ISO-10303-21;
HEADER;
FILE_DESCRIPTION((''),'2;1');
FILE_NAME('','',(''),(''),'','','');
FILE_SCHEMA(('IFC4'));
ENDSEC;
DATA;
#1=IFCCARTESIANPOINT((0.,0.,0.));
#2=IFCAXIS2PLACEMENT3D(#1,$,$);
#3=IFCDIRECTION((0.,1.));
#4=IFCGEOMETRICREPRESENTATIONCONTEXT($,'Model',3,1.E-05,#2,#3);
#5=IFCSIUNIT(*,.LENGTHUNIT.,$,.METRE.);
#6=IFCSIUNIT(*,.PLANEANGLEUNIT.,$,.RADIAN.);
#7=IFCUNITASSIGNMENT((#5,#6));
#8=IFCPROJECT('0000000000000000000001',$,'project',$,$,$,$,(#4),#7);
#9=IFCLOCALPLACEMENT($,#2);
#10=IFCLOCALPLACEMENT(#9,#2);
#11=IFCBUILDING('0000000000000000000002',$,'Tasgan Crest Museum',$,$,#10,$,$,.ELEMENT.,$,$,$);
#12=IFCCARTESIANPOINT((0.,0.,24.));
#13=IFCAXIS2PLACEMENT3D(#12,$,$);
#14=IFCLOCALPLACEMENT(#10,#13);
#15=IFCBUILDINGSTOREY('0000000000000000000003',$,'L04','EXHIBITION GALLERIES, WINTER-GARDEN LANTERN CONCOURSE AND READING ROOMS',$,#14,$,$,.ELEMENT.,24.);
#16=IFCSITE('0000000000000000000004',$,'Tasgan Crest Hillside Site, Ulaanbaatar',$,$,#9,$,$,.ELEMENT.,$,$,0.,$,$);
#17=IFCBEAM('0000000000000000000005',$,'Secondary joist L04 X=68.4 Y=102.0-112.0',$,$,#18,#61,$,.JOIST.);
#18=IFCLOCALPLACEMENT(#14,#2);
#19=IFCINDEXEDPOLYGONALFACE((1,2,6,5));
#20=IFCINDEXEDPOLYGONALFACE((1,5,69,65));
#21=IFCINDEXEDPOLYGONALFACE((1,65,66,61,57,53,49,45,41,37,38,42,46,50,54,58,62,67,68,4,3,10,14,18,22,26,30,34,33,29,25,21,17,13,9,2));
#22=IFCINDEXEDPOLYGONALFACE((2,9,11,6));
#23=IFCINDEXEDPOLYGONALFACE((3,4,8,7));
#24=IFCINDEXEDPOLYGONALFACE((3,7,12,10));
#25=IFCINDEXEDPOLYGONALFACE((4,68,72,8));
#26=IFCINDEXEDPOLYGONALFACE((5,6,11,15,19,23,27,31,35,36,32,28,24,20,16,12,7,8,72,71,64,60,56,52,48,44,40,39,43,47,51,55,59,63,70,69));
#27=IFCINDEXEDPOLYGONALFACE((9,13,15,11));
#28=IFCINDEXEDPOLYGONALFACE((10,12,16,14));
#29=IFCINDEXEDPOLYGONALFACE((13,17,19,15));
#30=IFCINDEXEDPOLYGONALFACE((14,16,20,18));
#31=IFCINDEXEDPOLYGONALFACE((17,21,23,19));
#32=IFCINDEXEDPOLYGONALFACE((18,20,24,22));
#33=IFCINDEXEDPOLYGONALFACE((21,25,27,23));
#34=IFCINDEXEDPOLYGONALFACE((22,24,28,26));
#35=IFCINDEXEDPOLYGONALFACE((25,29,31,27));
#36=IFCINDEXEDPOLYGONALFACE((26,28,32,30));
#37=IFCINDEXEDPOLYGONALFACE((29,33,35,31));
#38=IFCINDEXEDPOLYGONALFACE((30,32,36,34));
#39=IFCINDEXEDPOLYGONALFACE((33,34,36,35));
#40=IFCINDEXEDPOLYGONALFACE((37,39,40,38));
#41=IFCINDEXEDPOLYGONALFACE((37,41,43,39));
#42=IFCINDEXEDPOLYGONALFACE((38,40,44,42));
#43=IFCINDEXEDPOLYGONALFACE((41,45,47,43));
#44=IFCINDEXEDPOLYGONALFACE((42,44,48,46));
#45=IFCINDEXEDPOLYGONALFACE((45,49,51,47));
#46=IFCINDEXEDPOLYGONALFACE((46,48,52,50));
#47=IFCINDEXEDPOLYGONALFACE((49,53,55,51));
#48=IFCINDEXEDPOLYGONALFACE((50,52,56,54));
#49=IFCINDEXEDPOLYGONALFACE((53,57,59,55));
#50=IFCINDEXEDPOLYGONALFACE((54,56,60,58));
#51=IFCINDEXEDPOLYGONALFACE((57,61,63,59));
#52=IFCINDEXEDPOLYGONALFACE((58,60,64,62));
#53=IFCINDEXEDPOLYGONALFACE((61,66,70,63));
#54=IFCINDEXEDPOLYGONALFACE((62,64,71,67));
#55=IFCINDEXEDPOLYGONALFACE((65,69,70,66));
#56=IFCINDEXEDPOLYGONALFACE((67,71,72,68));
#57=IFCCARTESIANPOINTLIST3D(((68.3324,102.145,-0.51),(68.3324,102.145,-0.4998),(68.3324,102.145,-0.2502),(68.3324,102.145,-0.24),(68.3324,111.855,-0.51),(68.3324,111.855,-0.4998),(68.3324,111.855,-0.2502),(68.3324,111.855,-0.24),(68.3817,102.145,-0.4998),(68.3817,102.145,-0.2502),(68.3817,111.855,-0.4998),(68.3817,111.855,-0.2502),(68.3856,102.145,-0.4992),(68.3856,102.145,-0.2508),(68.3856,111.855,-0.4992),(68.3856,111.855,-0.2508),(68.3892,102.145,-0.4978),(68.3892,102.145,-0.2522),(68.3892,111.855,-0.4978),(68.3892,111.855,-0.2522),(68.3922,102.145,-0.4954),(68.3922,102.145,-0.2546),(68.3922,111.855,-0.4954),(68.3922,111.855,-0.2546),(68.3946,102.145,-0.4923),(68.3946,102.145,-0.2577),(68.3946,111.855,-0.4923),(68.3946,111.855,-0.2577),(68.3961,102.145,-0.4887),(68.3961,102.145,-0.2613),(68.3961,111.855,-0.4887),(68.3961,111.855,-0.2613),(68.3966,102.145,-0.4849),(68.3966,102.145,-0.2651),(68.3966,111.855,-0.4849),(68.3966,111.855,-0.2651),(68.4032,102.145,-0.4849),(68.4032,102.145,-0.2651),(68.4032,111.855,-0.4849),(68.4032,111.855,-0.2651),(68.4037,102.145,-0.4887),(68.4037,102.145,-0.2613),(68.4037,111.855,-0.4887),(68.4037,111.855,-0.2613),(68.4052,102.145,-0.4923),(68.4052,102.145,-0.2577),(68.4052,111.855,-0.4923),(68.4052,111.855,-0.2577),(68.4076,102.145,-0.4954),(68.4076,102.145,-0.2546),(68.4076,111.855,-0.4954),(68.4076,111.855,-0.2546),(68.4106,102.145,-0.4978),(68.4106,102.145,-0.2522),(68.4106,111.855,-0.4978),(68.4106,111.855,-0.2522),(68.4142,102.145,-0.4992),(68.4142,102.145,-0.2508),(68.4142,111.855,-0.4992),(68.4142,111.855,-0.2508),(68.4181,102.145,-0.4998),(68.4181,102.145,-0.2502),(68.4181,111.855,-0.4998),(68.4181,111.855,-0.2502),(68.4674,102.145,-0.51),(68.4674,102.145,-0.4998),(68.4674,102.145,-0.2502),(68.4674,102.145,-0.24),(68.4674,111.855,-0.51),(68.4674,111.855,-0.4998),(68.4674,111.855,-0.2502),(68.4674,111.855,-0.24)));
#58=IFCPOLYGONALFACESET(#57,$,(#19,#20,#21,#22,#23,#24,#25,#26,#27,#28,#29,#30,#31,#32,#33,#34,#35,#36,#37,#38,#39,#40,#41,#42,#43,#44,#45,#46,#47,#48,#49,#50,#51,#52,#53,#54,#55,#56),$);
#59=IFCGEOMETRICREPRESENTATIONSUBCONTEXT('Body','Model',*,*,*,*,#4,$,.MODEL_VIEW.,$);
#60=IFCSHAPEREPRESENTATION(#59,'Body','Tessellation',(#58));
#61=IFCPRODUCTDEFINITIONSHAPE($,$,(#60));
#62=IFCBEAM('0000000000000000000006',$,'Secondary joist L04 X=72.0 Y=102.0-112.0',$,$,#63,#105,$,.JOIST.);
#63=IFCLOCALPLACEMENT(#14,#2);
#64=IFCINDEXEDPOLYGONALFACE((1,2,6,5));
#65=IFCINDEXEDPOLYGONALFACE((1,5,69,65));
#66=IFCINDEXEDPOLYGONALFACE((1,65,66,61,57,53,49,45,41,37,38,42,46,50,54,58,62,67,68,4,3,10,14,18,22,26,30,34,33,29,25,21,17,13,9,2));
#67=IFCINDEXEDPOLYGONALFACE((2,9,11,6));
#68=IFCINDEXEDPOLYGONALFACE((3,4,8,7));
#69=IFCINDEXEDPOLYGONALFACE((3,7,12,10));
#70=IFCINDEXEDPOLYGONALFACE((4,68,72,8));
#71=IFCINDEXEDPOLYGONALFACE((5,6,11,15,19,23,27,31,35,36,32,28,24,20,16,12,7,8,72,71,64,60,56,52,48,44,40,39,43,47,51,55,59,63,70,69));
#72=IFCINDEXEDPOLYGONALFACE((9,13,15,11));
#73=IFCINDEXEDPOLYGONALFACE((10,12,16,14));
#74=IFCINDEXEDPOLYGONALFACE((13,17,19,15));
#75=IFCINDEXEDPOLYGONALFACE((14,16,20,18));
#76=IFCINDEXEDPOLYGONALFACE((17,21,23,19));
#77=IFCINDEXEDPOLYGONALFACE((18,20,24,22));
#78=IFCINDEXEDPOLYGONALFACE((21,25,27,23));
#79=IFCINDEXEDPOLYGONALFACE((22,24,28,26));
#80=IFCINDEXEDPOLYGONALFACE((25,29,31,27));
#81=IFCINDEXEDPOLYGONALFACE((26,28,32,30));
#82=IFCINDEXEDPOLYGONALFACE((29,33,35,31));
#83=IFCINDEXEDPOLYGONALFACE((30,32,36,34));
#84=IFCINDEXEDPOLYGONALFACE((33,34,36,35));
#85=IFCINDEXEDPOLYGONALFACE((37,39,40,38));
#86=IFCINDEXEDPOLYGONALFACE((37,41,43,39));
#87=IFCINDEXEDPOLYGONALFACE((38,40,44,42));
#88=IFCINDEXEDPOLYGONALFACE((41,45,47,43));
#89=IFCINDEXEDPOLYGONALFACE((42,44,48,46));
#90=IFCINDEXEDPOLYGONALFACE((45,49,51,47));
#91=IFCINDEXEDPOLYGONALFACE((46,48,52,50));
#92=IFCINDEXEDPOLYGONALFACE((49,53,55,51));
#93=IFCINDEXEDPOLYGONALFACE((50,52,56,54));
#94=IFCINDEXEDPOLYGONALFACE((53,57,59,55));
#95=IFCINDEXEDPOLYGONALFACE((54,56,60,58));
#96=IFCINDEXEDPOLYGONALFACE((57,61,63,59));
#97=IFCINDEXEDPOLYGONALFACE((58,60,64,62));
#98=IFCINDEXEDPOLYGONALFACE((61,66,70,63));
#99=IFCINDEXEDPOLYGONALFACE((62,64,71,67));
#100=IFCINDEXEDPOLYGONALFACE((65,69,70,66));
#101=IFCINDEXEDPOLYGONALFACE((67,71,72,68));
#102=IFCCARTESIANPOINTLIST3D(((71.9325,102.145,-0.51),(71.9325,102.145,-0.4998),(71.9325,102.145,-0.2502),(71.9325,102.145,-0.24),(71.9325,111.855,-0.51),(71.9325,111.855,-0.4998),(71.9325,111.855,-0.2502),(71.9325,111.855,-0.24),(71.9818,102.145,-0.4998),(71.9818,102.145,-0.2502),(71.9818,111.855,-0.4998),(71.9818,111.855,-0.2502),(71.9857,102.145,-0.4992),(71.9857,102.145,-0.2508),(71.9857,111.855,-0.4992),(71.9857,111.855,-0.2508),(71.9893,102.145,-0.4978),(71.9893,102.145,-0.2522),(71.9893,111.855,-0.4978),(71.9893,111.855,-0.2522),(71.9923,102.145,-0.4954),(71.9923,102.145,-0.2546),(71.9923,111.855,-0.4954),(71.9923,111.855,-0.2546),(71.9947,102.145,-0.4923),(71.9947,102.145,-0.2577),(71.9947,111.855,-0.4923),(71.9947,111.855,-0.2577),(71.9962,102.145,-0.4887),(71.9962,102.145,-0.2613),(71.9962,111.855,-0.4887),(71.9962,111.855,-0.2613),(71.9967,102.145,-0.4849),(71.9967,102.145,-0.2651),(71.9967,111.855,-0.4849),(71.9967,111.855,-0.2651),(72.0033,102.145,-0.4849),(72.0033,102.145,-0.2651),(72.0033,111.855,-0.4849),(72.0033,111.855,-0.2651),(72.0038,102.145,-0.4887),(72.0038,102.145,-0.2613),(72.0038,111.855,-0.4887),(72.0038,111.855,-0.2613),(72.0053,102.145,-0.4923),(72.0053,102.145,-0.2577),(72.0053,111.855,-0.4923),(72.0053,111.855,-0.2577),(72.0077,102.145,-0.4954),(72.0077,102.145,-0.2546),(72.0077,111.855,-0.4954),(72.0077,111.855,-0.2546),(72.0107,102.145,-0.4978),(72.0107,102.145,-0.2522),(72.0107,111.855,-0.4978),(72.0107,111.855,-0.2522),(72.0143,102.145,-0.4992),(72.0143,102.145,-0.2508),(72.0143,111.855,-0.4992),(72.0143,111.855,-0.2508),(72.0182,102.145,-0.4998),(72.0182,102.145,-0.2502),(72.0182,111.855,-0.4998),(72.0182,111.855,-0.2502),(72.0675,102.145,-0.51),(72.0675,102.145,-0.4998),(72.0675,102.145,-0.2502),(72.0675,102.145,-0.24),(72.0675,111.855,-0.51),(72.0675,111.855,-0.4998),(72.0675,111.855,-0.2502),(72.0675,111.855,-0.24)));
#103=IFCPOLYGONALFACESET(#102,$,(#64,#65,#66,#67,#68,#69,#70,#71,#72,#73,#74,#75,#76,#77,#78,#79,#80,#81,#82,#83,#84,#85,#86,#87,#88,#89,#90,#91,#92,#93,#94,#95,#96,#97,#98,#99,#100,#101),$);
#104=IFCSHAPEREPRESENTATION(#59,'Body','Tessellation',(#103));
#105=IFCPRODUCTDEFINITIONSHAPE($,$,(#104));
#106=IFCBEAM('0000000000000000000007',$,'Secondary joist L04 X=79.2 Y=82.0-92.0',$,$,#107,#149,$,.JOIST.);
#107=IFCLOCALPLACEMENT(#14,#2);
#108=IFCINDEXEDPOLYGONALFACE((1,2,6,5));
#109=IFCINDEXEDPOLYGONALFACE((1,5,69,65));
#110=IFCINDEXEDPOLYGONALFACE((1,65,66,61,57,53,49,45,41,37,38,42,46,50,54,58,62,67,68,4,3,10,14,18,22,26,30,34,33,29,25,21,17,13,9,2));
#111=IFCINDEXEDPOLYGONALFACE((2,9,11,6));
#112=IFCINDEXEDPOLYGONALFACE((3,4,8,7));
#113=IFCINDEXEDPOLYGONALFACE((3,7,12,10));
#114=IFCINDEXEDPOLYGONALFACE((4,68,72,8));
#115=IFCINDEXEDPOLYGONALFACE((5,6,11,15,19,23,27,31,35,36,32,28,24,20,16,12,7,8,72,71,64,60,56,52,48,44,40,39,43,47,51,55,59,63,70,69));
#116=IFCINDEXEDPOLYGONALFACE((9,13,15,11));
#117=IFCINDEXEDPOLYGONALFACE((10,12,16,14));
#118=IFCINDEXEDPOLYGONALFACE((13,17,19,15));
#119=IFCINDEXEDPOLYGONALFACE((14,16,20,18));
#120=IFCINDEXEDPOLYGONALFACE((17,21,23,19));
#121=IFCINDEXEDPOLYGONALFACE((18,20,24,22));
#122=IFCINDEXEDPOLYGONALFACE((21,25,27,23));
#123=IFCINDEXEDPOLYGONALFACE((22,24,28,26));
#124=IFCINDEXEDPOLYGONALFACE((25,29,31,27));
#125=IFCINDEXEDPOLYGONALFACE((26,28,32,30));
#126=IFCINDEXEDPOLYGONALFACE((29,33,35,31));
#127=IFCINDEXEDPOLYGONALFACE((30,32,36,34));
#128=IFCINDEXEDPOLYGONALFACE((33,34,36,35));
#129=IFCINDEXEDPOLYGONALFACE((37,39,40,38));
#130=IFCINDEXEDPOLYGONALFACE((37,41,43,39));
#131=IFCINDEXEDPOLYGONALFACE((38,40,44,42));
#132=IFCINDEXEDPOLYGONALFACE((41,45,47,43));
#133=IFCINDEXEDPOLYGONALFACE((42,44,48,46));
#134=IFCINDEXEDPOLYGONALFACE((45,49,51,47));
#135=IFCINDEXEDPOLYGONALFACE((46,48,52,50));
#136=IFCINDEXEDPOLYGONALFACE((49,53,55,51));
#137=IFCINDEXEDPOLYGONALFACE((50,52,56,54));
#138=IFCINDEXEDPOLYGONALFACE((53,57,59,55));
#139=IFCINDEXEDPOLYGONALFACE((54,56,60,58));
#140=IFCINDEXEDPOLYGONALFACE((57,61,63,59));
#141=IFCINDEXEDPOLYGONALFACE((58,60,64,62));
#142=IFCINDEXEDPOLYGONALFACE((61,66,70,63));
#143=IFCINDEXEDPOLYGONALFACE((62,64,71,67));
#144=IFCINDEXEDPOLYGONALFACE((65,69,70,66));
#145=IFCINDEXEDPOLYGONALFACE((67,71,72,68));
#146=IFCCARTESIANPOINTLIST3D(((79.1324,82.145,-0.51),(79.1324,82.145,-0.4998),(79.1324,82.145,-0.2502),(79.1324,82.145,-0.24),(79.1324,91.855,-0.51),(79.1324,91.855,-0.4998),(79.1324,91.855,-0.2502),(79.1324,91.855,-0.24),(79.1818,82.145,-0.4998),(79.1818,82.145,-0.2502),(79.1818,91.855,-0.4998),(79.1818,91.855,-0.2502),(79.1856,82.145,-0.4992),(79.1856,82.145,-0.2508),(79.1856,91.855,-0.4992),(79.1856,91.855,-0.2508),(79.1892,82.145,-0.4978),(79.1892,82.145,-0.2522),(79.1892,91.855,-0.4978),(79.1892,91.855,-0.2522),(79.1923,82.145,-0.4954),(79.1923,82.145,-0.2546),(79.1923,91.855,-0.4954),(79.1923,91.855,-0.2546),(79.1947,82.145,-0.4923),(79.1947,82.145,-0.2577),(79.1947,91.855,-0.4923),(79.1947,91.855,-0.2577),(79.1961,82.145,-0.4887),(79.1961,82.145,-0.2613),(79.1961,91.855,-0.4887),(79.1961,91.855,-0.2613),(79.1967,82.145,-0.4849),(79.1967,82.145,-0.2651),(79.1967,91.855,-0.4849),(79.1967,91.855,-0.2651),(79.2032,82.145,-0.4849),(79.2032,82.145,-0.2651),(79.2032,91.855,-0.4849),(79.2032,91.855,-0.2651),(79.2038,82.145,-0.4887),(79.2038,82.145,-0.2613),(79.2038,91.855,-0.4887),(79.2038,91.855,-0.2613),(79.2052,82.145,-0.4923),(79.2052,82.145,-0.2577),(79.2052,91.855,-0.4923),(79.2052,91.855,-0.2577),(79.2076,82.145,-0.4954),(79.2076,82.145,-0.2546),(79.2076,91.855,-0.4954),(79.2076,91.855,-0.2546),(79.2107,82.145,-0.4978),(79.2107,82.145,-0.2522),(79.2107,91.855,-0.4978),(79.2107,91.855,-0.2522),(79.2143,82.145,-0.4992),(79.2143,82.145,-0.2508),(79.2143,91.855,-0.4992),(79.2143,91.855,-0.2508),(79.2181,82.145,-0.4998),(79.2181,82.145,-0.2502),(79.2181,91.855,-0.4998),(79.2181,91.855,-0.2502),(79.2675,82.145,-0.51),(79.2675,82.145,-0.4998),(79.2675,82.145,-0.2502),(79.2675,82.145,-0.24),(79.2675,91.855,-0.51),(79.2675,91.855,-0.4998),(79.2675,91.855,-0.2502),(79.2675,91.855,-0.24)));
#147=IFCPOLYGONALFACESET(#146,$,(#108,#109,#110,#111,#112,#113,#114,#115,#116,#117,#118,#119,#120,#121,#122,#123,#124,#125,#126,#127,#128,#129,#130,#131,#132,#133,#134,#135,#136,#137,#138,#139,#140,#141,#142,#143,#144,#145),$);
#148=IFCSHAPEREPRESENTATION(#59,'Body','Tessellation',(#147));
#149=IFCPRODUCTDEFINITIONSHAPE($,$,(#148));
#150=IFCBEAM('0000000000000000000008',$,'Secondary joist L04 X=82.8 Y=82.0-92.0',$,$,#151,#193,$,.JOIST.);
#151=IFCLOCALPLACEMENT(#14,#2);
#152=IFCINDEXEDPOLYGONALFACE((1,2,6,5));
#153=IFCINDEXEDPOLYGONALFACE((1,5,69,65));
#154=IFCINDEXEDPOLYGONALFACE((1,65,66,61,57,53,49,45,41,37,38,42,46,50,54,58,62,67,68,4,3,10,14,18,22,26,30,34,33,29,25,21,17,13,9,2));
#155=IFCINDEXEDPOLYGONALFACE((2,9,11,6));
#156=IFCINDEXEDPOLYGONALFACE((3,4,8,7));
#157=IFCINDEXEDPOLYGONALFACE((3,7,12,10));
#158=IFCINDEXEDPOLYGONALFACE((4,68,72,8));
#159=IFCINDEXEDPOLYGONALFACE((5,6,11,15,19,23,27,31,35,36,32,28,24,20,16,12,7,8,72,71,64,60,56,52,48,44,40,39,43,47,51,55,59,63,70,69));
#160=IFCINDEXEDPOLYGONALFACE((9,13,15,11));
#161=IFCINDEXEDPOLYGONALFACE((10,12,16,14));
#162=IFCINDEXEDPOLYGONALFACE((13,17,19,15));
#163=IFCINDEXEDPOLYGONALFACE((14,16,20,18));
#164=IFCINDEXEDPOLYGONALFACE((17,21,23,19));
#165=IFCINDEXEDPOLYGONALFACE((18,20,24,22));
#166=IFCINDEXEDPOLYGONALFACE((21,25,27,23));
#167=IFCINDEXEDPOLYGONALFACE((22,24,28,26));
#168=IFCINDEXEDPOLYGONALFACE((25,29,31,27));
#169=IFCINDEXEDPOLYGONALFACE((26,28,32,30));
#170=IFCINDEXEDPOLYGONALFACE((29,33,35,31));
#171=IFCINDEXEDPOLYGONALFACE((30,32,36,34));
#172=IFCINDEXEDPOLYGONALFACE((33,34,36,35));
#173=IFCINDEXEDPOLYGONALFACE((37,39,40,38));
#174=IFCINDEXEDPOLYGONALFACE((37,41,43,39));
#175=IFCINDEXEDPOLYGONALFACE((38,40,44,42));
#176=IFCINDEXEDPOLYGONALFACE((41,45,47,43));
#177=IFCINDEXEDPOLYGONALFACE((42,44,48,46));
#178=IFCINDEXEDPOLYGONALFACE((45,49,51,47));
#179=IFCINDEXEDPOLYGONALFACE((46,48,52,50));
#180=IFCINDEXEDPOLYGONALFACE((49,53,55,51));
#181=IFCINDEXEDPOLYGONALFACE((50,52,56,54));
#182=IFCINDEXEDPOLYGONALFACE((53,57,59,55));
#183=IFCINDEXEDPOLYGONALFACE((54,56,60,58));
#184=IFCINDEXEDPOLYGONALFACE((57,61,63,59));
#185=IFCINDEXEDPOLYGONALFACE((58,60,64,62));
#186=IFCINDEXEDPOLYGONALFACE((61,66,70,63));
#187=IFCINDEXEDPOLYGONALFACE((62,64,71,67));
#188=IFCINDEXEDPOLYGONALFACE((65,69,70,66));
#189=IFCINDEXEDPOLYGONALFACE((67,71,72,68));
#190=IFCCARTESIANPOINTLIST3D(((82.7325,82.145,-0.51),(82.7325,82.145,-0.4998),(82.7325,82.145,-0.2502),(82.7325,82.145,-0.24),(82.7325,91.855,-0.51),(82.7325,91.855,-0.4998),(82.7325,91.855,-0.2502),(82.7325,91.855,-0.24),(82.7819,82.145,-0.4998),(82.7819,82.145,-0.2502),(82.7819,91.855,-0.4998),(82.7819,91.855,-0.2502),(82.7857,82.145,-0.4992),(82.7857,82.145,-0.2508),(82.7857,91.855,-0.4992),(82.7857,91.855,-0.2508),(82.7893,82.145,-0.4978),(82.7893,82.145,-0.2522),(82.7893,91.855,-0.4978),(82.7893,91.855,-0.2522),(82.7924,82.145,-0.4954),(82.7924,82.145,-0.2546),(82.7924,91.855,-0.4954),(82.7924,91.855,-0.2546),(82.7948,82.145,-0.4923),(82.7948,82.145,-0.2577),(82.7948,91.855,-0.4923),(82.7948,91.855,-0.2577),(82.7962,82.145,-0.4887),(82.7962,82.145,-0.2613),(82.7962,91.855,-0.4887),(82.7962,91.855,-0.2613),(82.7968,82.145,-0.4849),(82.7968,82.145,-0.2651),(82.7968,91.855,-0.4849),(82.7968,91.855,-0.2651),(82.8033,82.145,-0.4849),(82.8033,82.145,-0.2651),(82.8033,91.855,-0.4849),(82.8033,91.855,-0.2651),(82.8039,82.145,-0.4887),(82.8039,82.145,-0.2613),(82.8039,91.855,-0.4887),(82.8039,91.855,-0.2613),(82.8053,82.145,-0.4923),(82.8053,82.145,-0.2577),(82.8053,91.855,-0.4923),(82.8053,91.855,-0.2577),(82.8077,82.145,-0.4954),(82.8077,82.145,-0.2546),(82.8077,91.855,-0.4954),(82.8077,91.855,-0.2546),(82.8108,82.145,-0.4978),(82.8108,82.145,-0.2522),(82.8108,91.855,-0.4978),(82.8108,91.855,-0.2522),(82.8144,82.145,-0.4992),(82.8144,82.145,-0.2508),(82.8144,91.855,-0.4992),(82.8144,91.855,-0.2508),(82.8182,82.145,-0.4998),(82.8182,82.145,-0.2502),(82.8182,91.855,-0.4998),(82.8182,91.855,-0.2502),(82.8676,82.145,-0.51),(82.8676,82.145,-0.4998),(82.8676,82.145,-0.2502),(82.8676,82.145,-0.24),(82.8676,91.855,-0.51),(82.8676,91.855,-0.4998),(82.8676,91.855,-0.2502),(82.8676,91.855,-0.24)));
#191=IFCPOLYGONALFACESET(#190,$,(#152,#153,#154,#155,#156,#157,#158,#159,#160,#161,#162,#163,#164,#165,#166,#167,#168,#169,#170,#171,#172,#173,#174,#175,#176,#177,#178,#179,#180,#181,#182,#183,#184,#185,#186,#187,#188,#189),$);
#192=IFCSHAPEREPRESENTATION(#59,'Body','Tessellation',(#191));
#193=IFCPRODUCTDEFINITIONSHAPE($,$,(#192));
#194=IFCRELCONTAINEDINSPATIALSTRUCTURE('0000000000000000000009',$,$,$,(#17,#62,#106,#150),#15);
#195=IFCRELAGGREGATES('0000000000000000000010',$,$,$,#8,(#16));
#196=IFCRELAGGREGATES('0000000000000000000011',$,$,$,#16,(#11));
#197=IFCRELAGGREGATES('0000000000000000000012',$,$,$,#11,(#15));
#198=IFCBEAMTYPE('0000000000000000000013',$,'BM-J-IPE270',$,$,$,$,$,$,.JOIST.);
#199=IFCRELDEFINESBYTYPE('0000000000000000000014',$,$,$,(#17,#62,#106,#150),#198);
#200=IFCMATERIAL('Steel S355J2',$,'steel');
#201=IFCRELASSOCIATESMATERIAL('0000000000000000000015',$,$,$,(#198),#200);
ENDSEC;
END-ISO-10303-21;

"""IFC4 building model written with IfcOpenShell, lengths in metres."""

from ifc_helpers import new_model, si_unit, direction, frame, origin, origin_2d, place, context, subcontext, project, spatial, i_section, extrude, material, material_profile, profile_set, type_object, element, save


model = new_model("IFC4")

# Units and contexts
model_context = context("Model", 3, precision=1e-05, world=origin(), true_north=direction((0.0, 1.0)))
body_context = subcontext(model_context, "Body", "Model", "MODEL_VIEW")
ifc_project = project(units=[si_unit("LENGTHUNIT", "METRE"), si_unit("PLANEANGLEUNIT", "RADIAN")], contexts=[model_context])

# Site, building, storey
site_placement = place(None, origin())
site = spatial("IfcSite", under=ifc_project, at=site_placement, Name="Tasgan Crest Hillside Site, Ulaanbaatar", CompositionType="ELEMENT", RefElevation=0.0)
building_placement = place(site_placement, origin())
building = spatial("IfcBuilding", under=site, at=building_placement, Name="Tasgan Crest Museum", CompositionType="ELEMENT")
storey_placement = place(building_placement, frame((0.0, 0.0, 24.0)))
storey = spatial("IfcBuildingStorey", under=building, at=storey_placement, Name="L04", Description="EXHIBITION GALLERIES, WINTER-GARDEN LANTERN CONCOURSE AND READING ROOMS", CompositionType="ELEMENT", Elevation=24.0)

# Beams
ifc_material_1 = material(Name="Steel S355J2", Category="steel")
ifc_material_profile_1 = material_profile(ifc_material_1, i_section(OverallWidth=0.135, OverallDepth=0.27, WebThickness=0.0066, FlangeThickness=0.0103, FilletRadius=0.0149, at=origin_2d()), Name="IPE 270")
ifc_profile_set_1 = profile_set([ifc_material_profile_1], Name="Steel S355J2")
beam_type_1 = type_object("IfcBeamType", Name="BM-J-IPE270", PredefinedType="JOIST", material=ifc_profile_set_1)
for number, where, z_axis, x_axis, name in (
    (1, (68.3999, 102.145, -0.375), (0.0, 1.0, 0.0), (-1.0, 0.0, 0.0), "Secondary joist L04 X=68.4 Y=102.0-112.0"),
    (2, (72.0, 102.145, -0.375), (0.0, 1.0, 0.0), (-1.0, 0.0, 0.0), "Secondary joist L04 X=72.0 Y=102.0-112.0"),
    (3, (79.2, 82.145, -0.375), (0.0, 1.0, 0.0), (-1.0, 0.0, 0.0), "Secondary joist L04 X=79.2 Y=82.0-92.0"),
    (4, (82.8, 82.145, -0.375), (0.0, 1.0, 0.0), (-1.0, 0.0, 0.0), "Secondary joist L04 X=82.8 Y=82.0-92.0"),
):
    element("IfcBeam", number, at=place(storey_placement, frame(where, z_axis=z_axis, x_axis=x_axis)), inside=storey, type_object=beam_type_1, Name=name, PredefinedType="JOIST", context=body_context, shape_type="SweptSolid", body=[
        extrude(i_section(OverallWidth=0.135, OverallDepth=0.27, WebThickness=0.0066, FlangeThickness=0.0103, FilletRadius=0.0149, at=origin_2d()), origin(), (0.0, 0.0, 1.0), 9.71),
    ])

save(model, "model.ifc")
